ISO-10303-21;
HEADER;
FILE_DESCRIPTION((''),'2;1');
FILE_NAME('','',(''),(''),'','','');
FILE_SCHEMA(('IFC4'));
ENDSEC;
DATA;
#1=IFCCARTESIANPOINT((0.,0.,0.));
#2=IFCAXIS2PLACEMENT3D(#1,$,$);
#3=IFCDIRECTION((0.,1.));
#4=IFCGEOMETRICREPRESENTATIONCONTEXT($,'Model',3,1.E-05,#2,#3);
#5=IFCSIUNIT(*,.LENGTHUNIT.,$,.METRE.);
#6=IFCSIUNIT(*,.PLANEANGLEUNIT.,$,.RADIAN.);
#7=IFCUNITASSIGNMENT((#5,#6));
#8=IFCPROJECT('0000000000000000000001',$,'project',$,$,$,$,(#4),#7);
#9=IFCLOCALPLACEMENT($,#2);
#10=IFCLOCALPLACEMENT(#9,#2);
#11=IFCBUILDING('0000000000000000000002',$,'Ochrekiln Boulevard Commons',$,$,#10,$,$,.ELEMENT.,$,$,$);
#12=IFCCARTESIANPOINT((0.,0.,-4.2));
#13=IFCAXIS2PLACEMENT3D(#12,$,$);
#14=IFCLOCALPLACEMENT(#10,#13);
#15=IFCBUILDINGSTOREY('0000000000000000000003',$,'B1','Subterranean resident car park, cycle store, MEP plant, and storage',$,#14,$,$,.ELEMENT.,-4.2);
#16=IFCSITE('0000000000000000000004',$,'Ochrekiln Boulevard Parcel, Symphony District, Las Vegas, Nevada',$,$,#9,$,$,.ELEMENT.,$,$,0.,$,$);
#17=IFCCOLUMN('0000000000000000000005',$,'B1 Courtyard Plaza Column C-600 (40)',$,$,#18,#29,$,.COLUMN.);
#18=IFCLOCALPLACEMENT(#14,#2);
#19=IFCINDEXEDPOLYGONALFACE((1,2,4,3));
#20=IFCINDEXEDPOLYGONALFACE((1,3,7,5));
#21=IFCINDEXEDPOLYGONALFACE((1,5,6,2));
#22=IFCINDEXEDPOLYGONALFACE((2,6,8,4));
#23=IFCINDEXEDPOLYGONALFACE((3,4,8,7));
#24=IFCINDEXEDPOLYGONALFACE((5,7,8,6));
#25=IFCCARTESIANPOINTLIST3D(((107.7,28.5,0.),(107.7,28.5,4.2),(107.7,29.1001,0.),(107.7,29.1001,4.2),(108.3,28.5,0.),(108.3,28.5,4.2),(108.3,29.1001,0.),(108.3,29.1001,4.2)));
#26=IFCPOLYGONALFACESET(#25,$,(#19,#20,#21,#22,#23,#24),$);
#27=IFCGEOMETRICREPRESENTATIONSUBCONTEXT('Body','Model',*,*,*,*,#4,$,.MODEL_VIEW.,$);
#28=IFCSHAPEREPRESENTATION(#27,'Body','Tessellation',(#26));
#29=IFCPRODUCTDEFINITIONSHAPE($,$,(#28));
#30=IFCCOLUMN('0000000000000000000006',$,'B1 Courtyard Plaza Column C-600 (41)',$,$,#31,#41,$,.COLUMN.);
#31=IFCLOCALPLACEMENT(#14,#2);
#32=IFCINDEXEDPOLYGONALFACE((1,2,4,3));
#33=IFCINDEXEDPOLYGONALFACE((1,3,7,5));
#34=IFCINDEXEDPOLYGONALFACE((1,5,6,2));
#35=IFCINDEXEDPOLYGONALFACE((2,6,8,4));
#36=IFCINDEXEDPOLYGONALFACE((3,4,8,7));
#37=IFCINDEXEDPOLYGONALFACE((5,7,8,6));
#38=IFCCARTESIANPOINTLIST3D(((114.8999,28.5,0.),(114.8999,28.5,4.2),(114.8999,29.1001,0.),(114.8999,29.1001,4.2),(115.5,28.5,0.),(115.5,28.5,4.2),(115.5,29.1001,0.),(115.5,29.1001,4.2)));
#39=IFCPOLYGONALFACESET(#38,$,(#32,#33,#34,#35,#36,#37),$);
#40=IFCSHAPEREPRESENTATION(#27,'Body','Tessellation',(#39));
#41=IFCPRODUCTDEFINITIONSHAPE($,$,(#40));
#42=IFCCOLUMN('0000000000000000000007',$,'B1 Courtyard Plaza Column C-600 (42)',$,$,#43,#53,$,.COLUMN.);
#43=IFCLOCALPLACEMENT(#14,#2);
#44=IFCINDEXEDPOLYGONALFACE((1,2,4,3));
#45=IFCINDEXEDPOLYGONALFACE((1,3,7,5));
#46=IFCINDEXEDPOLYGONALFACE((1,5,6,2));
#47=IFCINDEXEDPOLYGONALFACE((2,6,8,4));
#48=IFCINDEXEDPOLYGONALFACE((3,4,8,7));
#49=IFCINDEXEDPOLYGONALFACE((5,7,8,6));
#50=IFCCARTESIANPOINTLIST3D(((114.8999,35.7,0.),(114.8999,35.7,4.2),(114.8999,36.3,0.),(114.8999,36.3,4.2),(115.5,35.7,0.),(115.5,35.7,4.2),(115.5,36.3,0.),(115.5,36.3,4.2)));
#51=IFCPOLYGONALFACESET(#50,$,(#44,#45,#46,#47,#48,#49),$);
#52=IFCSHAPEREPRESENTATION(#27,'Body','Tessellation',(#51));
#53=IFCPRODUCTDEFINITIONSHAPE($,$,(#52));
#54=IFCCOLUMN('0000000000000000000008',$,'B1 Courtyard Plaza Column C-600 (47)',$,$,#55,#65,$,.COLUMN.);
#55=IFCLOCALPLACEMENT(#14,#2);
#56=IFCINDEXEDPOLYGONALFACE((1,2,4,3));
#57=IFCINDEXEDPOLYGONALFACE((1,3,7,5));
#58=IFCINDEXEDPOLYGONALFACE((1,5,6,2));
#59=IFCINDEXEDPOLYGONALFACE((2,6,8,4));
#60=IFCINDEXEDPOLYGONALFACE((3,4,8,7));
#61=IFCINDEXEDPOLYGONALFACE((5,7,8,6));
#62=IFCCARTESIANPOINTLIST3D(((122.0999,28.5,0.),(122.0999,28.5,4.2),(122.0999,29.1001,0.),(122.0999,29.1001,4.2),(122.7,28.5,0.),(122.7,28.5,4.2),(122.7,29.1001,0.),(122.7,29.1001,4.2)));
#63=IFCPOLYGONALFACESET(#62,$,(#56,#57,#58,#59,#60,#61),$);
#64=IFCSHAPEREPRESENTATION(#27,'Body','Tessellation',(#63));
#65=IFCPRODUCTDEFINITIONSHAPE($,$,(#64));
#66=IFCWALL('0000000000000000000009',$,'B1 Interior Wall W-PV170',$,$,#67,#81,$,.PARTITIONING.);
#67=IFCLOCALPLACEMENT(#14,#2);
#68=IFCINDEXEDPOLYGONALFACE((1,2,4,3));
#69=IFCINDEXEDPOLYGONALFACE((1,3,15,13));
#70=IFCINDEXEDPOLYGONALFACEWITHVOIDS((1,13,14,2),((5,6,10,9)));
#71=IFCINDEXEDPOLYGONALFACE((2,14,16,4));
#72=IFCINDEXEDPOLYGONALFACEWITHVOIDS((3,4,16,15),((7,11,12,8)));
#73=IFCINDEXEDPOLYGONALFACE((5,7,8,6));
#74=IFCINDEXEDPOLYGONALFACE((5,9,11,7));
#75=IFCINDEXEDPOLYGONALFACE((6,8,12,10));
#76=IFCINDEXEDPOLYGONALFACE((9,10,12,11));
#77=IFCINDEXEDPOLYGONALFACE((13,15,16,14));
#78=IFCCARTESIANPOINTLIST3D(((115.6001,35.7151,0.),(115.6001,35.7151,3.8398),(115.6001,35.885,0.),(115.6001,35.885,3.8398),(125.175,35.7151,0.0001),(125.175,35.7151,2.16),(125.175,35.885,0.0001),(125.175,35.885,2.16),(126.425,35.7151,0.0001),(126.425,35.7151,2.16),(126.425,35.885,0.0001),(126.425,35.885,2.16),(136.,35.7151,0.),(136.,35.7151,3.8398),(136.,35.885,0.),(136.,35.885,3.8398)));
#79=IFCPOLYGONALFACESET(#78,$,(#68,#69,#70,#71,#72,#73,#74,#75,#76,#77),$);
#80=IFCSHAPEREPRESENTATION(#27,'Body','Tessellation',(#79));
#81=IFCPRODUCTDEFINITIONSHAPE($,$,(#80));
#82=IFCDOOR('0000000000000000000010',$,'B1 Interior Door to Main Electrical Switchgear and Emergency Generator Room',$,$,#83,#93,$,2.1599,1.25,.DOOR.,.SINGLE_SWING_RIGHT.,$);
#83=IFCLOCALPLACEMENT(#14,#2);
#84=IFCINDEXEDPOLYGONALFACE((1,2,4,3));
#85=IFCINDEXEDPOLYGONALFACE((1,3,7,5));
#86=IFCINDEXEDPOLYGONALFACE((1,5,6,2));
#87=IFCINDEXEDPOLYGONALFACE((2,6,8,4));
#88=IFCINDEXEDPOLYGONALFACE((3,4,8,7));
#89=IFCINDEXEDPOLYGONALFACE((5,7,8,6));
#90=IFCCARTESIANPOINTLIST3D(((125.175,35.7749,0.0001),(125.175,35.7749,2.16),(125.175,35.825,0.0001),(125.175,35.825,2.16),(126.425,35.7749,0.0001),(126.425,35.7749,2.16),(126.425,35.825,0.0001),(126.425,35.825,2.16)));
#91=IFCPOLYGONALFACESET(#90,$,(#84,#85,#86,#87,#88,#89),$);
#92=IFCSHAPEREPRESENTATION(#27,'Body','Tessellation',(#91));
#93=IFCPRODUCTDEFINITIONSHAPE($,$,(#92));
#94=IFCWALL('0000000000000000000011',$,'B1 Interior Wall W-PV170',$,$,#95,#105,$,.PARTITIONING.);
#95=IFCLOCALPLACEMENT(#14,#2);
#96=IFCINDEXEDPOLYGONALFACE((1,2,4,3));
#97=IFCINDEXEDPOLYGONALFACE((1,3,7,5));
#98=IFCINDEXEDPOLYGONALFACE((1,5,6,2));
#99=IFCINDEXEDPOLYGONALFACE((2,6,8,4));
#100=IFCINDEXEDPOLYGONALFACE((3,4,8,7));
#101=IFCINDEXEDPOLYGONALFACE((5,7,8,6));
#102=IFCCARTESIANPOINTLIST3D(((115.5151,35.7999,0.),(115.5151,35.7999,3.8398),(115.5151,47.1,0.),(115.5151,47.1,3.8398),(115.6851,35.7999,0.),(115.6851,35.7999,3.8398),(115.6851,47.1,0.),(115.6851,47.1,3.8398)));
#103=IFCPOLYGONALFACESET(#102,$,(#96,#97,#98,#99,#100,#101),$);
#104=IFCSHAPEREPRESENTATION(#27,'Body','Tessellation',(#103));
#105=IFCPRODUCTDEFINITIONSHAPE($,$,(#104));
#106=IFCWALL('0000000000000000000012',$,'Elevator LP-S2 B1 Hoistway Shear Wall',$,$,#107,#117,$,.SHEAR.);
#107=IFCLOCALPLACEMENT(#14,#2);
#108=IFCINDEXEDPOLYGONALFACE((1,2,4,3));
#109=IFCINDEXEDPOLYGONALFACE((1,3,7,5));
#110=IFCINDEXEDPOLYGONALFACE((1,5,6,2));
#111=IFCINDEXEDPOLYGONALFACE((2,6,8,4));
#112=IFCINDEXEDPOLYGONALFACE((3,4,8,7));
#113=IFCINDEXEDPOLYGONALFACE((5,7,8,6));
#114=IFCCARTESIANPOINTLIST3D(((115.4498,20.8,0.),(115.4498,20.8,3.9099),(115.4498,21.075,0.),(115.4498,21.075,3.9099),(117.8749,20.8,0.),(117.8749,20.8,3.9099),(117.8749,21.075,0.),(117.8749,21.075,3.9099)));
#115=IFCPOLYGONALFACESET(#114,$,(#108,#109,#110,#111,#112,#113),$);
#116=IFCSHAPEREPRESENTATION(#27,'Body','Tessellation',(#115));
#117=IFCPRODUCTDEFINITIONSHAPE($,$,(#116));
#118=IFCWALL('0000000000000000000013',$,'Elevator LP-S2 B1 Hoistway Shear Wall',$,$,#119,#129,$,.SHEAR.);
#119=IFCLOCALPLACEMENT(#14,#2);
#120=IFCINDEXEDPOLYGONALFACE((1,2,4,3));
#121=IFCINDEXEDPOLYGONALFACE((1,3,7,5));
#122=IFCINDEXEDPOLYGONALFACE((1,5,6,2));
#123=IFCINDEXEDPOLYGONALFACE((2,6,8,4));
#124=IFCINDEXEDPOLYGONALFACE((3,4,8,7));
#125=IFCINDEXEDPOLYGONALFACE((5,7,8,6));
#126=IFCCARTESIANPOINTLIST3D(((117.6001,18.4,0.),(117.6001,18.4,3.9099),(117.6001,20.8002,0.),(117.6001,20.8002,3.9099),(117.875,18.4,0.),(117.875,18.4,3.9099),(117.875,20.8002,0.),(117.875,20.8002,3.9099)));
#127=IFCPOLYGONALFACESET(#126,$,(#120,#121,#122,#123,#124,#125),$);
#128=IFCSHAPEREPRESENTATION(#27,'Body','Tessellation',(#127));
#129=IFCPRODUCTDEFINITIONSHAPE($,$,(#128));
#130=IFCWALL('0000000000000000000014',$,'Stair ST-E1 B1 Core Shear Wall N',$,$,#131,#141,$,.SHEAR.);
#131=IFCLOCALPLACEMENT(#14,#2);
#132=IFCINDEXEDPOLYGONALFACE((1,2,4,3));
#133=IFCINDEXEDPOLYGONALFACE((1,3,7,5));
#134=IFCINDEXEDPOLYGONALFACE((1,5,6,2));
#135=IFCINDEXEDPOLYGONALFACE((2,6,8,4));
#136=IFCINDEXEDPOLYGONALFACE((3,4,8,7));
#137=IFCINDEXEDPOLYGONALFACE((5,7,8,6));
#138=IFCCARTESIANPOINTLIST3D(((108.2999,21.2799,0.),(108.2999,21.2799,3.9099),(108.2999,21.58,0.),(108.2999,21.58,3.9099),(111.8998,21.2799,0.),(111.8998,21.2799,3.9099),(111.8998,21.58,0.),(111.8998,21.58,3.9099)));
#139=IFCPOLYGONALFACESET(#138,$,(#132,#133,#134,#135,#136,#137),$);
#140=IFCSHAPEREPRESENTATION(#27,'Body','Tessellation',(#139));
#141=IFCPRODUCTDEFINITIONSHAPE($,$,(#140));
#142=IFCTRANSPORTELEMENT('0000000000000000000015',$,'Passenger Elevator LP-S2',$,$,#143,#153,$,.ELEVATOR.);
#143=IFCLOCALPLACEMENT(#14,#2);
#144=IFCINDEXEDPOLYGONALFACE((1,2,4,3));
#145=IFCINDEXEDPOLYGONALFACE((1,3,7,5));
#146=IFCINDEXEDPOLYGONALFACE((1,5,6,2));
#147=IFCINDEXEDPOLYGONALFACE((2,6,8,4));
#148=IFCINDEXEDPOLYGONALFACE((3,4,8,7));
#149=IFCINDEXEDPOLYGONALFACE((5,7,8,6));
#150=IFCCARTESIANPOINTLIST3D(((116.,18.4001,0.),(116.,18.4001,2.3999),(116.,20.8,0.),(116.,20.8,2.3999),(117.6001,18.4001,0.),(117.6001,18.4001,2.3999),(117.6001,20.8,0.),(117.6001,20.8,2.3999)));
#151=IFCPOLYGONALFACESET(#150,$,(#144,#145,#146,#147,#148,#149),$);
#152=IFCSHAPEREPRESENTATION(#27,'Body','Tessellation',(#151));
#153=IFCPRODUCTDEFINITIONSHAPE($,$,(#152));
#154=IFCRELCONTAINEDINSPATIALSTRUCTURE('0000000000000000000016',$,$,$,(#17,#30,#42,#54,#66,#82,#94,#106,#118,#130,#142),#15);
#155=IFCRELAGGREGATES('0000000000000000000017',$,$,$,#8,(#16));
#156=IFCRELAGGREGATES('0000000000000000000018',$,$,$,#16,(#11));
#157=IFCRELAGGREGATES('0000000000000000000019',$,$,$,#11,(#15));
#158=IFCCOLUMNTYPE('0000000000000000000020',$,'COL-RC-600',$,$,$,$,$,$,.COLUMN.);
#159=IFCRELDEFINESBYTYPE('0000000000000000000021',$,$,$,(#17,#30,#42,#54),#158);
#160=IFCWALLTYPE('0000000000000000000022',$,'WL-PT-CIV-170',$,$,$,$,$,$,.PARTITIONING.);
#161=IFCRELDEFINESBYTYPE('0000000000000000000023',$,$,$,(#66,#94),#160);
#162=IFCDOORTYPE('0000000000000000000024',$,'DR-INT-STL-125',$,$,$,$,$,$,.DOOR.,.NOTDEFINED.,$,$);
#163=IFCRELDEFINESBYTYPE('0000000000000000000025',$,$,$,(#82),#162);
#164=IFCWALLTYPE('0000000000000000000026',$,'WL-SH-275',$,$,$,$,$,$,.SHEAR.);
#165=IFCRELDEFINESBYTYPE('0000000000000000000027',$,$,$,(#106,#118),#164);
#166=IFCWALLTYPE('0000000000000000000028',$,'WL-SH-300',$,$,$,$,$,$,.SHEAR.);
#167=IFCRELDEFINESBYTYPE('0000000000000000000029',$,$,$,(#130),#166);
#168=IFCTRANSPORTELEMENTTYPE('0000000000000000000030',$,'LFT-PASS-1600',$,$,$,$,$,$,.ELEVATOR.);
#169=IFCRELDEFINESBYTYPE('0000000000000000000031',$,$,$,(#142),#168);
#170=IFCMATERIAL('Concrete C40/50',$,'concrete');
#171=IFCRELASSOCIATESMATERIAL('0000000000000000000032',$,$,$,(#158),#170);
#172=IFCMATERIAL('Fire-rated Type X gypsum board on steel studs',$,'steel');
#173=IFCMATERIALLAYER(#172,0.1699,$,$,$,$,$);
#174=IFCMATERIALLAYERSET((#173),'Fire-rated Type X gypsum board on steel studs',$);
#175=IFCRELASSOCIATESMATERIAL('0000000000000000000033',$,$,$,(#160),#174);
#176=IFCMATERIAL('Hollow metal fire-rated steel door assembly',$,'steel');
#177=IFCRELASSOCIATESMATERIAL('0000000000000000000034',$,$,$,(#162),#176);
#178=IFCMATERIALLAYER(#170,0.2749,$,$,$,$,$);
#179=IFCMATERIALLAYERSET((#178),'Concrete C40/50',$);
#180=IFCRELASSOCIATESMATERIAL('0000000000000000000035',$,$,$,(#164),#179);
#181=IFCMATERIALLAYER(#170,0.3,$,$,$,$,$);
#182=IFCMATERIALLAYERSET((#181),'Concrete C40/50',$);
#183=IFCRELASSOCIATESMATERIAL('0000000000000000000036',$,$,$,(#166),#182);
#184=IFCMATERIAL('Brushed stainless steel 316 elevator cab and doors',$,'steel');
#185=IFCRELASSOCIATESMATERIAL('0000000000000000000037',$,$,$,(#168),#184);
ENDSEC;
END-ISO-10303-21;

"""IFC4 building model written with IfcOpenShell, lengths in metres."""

from ifc_helpers import new_model, si_unit, direction, frame, frame_2d, origin, origin_2d, place, context, subcontext, project, spatial, rectangle, extrude, material, layer, layer_set, material_profile, profile_set, type_object, element, fill, save


model = new_model("IFC4")

# Units and contexts
model_context = context("Model", 3, precision=1e-05, world=origin(), true_north=direction((0.0, 1.0)))
body_context = subcontext(model_context, "Body", "Model", "MODEL_VIEW")
ifc_project = project(units=[si_unit("LENGTHUNIT", "METRE"), si_unit("PLANEANGLEUNIT", "RADIAN")], contexts=[model_context])

# Site, building, storey
site_placement = place(None, origin())
site = spatial("IfcSite", under=ifc_project, at=site_placement, Name="Ochrekiln Boulevard Parcel, Symphony District, Las Vegas, Nevada", CompositionType="ELEMENT", RefElevation=0.0)
building_placement = place(site_placement, origin())
building = spatial("IfcBuilding", under=site, at=building_placement, Name="Ochrekiln Boulevard Commons", CompositionType="ELEMENT")
storey_placement = place(building_placement, frame((0.0, 0.0, -4.2)))
storey = spatial("IfcBuildingStorey", under=building, at=storey_placement, Name="B1", Description="Subterranean resident car park, cycle store, MEP plant, and storage", CompositionType="ELEMENT", Elevation=-4.2)

# Columns
ifc_material_1 = material(Name="Concrete C40/50", Category="concrete")
ifc_material_profile_1 = material_profile(ifc_material_1, rectangle(XDim=0.6001, YDim=0.6001, at=origin_2d()), Name="RC-COL-600x600")
ifc_profile_set_1 = profile_set([ifc_material_profile_1], Name="Concrete C40/50")
column_type_1 = type_object("IfcColumnType", Name="COL-RC-600", PredefinedType="COLUMN", material=ifc_profile_set_1)
for number, where, z_axis, x_axis, name in (
    (1, (108.0, 28.8, 0.0), (0.0, 0.0, 1.0), (1.0, 0.0, 0.0), "B1 Courtyard Plaza Column C-600 (40)"),
    (2, (115.2, 28.8, 0.0), (0.0, 0.0, 1.0), (1.0, 0.0, 0.0), "B1 Courtyard Plaza Column C-600 (41)"),
    (3, (115.2, 36.0, 0.0), (0.0, 0.0, 1.0), (1.0, 0.0, 0.0), "B1 Courtyard Plaza Column C-600 (42)"),
    (4, (122.3999, 28.8, 0.0), (0.0, 0.0, 1.0), (1.0, 0.0, 0.0), "B1 Courtyard Plaza Column C-600 (47)"),
):
    element("IfcColumn", number, at=place(storey_placement, frame(where, z_axis=z_axis, x_axis=x_axis)), inside=storey, type_object=column_type_1, Name=name, PredefinedType="COLUMN", context=body_context, shape_type="SweptSolid", body=[
        extrude(rectangle(XDim=0.6001, YDim=0.6001, at=origin_2d()), origin(), (0.0, 0.0, 1.0), 4.2),
    ])

# Wall, opening, door
ifc_material_2 = material(Name="Fire-rated Type X gypsum board on steel studs", Category="steel")
ifc_layer_1 = layer(ifc_material_2, 0.1699)
ifc_layer_set_1 = layer_set([ifc_layer_1], Name="Fire-rated Type X gypsum board on steel studs")
wall_type_1 = type_object("IfcWallType", Name="WL-PT-CIV-170", PredefinedType="PARTITIONING", material=ifc_layer_set_1)
wall_1_placement = place(storey_placement, frame((115.6001, 35.8, 0.0), z_axis=(0.0, 0.0, 1.0), x_axis=(1.0, 0.0, 0.0)))
wall_1 = element("IfcWall", 5, at=wall_1_placement, inside=storey, type_object=wall_type_1, Name="B1 Interior Wall W-PV170", PredefinedType="PARTITIONING", context=body_context, shape_type="SweptSolid", body=[
    extrude(rectangle(XDim=20.3999, YDim=0.1699, at=frame_2d((10.2, 0.0))), origin(), (0.0, 0.0, 1.0), 3.8398),
])
opening_placement = place(wall_1_placement, frame((9.575, 0.0, 0.0)))
opening = element("IfcOpeningElement", 6, at=opening_placement, cuts=wall_1, PredefinedType="OPENING", context=body_context, shape_type="SweptSolid", body=[
    extrude(rectangle(XDim=1.25, YDim=2.1599, at=frame_2d((0.625, 1.0801))), frame((0.0, 0.095, 0.0), z_axis=(0.0, -1.0, 0.0), x_axis=(1.0, 0.0, 0.0)), (0.0, 0.0, 1.0), 0.1899),
])
ifc_material_3 = material(Name="Hollow metal fire-rated steel door assembly", Category="steel")
door_type = type_object("IfcDoorType", Name="DR-INT-STL-125", OperationType="NOTDEFINED", PredefinedType="DOOR", material=ifc_material_3)
door_placement = place(opening_placement, origin())
door = element("IfcDoor", 7, at=door_placement, inside=storey, type_object=door_type, Name="B1 Interior Door to Main Electrical Switchgear and Emergency Generator Room", OperationType="SINGLE_SWING_RIGHT", OverallHeight=2.1599, OverallWidth=1.25, PredefinedType="DOOR", context=body_context, shape_type="SweptSolid", body=[
    extrude(rectangle(XDim=1.25, YDim=2.1599, at=frame_2d((0.625, 1.0801))), frame((0.0, 0.0249, 0.0), z_axis=(0.0, -1.0, 0.0), x_axis=(1.0, 0.0, 0.0)), (0.0, 0.0, 1.0), 0.05),
])
fill(opening, door)

# Walls
wall_2_placement = place(storey_placement, frame((115.6001, 35.8, 0.0), z_axis=(0.0, 0.0, 1.0), x_axis=(0.0, 1.0, 0.0)))
element("IfcWall", 8, at=wall_2_placement, inside=storey, type_object=wall_type_1, Name="B1 Interior Wall W-PV170", PredefinedType="PARTITIONING", context=body_context, shape_type="SweptSolid", body=[
    extrude(rectangle(XDim=11.3, YDim=0.1699, at=frame_2d((5.6499, 0.0))), origin(), (0.0, 0.0, 1.0), 3.8398),
])
ifc_layer_2 = layer(ifc_material_1, 0.2749)
ifc_layer_set_2 = layer_set([ifc_layer_2], Name="Concrete C40/50")
wall_type_2 = type_object("IfcWallType", Name="WL-SH-275", PredefinedType="SHEAR", material=ifc_layer_set_2)
wall_3_placement = place(storey_placement, frame((115.45, 20.9375, 0.0), z_axis=(0.0, 0.0, 1.0), x_axis=(1.0, 0.0, 0.0)))
element("IfcWall", 9, at=wall_3_placement, inside=storey, type_object=wall_type_2, Name="Elevator LP-S2 B1 Hoistway Shear Wall", PredefinedType="SHEAR", context=body_context, shape_type="SweptSolid", body=[
    extrude(rectangle(XDim=2.425, YDim=0.2749, at=frame_2d((1.2124, 0.0))), origin(), (0.0, 0.0, 1.0), 3.9099),
])
wall_4_placement = place(storey_placement, frame((117.7375, 18.3999, 0.0), z_axis=(0.0, 0.0, 1.0), x_axis=(0.0, 1.0, 0.0)))
element("IfcWall", 10, at=wall_4_placement, inside=storey, type_object=wall_type_2, Name="Elevator LP-S2 B1 Hoistway Shear Wall", PredefinedType="SHEAR", context=body_context, shape_type="SweptSolid", body=[
    extrude(rectangle(XDim=2.4001, YDim=0.2749, at=frame_2d((1.2002, 0.0))), origin(), (0.0, 0.0, 1.0), 3.9099),
])
ifc_layer_3 = layer(ifc_material_1, 0.3)
ifc_layer_set_3 = layer_set([ifc_layer_3], Name="Concrete C40/50")
wall_type_3 = type_object("IfcWallType", Name="WL-SH-300", PredefinedType="SHEAR", material=ifc_layer_set_3)
wall_5_placement = place(storey_placement, frame((108.3, 21.4299, 0.0), z_axis=(0.0, 0.0, 1.0), x_axis=(1.0, 0.0, 0.0)))
element("IfcWall", 11, at=wall_5_placement, inside=storey, type_object=wall_type_3, Name="Stair ST-E1 B1 Core Shear Wall N", PredefinedType="SHEAR", context=body_context, shape_type="SweptSolid", body=[
    extrude(rectangle(XDim=3.5999, YDim=0.3, at=frame_2d((1.7998, 0.0))), origin(), (0.0, 0.0, 1.0), 3.9099),
])

# Transport element
ifc_material_4 = material(Name="Brushed stainless steel 316 elevator cab and doors", Category="steel")
transport_element_type = type_object("IfcTransportElementType", Name="LFT-PASS-1600", PredefinedType="ELEVATOR", material=ifc_material_4)
transport_element_placement = place(storey_placement, frame((116.8, 19.6001, 0.0), z_axis=(0.0, 0.0, 1.0), x_axis=(1.0, 0.0, 0.0)))
element("IfcTransportElement", 12, at=transport_element_placement, inside=storey, type_object=transport_element_type, Name="Passenger Elevator LP-S2", PredefinedType="ELEVATOR", context=body_context, shape_type="SweptSolid", body=[
    extrude(rectangle(XDim=1.6001, YDim=2.3999, at=origin_2d()), origin(), (0.0, 0.0, 1.0), 2.3999),
])

save(model, "model.ifc")
